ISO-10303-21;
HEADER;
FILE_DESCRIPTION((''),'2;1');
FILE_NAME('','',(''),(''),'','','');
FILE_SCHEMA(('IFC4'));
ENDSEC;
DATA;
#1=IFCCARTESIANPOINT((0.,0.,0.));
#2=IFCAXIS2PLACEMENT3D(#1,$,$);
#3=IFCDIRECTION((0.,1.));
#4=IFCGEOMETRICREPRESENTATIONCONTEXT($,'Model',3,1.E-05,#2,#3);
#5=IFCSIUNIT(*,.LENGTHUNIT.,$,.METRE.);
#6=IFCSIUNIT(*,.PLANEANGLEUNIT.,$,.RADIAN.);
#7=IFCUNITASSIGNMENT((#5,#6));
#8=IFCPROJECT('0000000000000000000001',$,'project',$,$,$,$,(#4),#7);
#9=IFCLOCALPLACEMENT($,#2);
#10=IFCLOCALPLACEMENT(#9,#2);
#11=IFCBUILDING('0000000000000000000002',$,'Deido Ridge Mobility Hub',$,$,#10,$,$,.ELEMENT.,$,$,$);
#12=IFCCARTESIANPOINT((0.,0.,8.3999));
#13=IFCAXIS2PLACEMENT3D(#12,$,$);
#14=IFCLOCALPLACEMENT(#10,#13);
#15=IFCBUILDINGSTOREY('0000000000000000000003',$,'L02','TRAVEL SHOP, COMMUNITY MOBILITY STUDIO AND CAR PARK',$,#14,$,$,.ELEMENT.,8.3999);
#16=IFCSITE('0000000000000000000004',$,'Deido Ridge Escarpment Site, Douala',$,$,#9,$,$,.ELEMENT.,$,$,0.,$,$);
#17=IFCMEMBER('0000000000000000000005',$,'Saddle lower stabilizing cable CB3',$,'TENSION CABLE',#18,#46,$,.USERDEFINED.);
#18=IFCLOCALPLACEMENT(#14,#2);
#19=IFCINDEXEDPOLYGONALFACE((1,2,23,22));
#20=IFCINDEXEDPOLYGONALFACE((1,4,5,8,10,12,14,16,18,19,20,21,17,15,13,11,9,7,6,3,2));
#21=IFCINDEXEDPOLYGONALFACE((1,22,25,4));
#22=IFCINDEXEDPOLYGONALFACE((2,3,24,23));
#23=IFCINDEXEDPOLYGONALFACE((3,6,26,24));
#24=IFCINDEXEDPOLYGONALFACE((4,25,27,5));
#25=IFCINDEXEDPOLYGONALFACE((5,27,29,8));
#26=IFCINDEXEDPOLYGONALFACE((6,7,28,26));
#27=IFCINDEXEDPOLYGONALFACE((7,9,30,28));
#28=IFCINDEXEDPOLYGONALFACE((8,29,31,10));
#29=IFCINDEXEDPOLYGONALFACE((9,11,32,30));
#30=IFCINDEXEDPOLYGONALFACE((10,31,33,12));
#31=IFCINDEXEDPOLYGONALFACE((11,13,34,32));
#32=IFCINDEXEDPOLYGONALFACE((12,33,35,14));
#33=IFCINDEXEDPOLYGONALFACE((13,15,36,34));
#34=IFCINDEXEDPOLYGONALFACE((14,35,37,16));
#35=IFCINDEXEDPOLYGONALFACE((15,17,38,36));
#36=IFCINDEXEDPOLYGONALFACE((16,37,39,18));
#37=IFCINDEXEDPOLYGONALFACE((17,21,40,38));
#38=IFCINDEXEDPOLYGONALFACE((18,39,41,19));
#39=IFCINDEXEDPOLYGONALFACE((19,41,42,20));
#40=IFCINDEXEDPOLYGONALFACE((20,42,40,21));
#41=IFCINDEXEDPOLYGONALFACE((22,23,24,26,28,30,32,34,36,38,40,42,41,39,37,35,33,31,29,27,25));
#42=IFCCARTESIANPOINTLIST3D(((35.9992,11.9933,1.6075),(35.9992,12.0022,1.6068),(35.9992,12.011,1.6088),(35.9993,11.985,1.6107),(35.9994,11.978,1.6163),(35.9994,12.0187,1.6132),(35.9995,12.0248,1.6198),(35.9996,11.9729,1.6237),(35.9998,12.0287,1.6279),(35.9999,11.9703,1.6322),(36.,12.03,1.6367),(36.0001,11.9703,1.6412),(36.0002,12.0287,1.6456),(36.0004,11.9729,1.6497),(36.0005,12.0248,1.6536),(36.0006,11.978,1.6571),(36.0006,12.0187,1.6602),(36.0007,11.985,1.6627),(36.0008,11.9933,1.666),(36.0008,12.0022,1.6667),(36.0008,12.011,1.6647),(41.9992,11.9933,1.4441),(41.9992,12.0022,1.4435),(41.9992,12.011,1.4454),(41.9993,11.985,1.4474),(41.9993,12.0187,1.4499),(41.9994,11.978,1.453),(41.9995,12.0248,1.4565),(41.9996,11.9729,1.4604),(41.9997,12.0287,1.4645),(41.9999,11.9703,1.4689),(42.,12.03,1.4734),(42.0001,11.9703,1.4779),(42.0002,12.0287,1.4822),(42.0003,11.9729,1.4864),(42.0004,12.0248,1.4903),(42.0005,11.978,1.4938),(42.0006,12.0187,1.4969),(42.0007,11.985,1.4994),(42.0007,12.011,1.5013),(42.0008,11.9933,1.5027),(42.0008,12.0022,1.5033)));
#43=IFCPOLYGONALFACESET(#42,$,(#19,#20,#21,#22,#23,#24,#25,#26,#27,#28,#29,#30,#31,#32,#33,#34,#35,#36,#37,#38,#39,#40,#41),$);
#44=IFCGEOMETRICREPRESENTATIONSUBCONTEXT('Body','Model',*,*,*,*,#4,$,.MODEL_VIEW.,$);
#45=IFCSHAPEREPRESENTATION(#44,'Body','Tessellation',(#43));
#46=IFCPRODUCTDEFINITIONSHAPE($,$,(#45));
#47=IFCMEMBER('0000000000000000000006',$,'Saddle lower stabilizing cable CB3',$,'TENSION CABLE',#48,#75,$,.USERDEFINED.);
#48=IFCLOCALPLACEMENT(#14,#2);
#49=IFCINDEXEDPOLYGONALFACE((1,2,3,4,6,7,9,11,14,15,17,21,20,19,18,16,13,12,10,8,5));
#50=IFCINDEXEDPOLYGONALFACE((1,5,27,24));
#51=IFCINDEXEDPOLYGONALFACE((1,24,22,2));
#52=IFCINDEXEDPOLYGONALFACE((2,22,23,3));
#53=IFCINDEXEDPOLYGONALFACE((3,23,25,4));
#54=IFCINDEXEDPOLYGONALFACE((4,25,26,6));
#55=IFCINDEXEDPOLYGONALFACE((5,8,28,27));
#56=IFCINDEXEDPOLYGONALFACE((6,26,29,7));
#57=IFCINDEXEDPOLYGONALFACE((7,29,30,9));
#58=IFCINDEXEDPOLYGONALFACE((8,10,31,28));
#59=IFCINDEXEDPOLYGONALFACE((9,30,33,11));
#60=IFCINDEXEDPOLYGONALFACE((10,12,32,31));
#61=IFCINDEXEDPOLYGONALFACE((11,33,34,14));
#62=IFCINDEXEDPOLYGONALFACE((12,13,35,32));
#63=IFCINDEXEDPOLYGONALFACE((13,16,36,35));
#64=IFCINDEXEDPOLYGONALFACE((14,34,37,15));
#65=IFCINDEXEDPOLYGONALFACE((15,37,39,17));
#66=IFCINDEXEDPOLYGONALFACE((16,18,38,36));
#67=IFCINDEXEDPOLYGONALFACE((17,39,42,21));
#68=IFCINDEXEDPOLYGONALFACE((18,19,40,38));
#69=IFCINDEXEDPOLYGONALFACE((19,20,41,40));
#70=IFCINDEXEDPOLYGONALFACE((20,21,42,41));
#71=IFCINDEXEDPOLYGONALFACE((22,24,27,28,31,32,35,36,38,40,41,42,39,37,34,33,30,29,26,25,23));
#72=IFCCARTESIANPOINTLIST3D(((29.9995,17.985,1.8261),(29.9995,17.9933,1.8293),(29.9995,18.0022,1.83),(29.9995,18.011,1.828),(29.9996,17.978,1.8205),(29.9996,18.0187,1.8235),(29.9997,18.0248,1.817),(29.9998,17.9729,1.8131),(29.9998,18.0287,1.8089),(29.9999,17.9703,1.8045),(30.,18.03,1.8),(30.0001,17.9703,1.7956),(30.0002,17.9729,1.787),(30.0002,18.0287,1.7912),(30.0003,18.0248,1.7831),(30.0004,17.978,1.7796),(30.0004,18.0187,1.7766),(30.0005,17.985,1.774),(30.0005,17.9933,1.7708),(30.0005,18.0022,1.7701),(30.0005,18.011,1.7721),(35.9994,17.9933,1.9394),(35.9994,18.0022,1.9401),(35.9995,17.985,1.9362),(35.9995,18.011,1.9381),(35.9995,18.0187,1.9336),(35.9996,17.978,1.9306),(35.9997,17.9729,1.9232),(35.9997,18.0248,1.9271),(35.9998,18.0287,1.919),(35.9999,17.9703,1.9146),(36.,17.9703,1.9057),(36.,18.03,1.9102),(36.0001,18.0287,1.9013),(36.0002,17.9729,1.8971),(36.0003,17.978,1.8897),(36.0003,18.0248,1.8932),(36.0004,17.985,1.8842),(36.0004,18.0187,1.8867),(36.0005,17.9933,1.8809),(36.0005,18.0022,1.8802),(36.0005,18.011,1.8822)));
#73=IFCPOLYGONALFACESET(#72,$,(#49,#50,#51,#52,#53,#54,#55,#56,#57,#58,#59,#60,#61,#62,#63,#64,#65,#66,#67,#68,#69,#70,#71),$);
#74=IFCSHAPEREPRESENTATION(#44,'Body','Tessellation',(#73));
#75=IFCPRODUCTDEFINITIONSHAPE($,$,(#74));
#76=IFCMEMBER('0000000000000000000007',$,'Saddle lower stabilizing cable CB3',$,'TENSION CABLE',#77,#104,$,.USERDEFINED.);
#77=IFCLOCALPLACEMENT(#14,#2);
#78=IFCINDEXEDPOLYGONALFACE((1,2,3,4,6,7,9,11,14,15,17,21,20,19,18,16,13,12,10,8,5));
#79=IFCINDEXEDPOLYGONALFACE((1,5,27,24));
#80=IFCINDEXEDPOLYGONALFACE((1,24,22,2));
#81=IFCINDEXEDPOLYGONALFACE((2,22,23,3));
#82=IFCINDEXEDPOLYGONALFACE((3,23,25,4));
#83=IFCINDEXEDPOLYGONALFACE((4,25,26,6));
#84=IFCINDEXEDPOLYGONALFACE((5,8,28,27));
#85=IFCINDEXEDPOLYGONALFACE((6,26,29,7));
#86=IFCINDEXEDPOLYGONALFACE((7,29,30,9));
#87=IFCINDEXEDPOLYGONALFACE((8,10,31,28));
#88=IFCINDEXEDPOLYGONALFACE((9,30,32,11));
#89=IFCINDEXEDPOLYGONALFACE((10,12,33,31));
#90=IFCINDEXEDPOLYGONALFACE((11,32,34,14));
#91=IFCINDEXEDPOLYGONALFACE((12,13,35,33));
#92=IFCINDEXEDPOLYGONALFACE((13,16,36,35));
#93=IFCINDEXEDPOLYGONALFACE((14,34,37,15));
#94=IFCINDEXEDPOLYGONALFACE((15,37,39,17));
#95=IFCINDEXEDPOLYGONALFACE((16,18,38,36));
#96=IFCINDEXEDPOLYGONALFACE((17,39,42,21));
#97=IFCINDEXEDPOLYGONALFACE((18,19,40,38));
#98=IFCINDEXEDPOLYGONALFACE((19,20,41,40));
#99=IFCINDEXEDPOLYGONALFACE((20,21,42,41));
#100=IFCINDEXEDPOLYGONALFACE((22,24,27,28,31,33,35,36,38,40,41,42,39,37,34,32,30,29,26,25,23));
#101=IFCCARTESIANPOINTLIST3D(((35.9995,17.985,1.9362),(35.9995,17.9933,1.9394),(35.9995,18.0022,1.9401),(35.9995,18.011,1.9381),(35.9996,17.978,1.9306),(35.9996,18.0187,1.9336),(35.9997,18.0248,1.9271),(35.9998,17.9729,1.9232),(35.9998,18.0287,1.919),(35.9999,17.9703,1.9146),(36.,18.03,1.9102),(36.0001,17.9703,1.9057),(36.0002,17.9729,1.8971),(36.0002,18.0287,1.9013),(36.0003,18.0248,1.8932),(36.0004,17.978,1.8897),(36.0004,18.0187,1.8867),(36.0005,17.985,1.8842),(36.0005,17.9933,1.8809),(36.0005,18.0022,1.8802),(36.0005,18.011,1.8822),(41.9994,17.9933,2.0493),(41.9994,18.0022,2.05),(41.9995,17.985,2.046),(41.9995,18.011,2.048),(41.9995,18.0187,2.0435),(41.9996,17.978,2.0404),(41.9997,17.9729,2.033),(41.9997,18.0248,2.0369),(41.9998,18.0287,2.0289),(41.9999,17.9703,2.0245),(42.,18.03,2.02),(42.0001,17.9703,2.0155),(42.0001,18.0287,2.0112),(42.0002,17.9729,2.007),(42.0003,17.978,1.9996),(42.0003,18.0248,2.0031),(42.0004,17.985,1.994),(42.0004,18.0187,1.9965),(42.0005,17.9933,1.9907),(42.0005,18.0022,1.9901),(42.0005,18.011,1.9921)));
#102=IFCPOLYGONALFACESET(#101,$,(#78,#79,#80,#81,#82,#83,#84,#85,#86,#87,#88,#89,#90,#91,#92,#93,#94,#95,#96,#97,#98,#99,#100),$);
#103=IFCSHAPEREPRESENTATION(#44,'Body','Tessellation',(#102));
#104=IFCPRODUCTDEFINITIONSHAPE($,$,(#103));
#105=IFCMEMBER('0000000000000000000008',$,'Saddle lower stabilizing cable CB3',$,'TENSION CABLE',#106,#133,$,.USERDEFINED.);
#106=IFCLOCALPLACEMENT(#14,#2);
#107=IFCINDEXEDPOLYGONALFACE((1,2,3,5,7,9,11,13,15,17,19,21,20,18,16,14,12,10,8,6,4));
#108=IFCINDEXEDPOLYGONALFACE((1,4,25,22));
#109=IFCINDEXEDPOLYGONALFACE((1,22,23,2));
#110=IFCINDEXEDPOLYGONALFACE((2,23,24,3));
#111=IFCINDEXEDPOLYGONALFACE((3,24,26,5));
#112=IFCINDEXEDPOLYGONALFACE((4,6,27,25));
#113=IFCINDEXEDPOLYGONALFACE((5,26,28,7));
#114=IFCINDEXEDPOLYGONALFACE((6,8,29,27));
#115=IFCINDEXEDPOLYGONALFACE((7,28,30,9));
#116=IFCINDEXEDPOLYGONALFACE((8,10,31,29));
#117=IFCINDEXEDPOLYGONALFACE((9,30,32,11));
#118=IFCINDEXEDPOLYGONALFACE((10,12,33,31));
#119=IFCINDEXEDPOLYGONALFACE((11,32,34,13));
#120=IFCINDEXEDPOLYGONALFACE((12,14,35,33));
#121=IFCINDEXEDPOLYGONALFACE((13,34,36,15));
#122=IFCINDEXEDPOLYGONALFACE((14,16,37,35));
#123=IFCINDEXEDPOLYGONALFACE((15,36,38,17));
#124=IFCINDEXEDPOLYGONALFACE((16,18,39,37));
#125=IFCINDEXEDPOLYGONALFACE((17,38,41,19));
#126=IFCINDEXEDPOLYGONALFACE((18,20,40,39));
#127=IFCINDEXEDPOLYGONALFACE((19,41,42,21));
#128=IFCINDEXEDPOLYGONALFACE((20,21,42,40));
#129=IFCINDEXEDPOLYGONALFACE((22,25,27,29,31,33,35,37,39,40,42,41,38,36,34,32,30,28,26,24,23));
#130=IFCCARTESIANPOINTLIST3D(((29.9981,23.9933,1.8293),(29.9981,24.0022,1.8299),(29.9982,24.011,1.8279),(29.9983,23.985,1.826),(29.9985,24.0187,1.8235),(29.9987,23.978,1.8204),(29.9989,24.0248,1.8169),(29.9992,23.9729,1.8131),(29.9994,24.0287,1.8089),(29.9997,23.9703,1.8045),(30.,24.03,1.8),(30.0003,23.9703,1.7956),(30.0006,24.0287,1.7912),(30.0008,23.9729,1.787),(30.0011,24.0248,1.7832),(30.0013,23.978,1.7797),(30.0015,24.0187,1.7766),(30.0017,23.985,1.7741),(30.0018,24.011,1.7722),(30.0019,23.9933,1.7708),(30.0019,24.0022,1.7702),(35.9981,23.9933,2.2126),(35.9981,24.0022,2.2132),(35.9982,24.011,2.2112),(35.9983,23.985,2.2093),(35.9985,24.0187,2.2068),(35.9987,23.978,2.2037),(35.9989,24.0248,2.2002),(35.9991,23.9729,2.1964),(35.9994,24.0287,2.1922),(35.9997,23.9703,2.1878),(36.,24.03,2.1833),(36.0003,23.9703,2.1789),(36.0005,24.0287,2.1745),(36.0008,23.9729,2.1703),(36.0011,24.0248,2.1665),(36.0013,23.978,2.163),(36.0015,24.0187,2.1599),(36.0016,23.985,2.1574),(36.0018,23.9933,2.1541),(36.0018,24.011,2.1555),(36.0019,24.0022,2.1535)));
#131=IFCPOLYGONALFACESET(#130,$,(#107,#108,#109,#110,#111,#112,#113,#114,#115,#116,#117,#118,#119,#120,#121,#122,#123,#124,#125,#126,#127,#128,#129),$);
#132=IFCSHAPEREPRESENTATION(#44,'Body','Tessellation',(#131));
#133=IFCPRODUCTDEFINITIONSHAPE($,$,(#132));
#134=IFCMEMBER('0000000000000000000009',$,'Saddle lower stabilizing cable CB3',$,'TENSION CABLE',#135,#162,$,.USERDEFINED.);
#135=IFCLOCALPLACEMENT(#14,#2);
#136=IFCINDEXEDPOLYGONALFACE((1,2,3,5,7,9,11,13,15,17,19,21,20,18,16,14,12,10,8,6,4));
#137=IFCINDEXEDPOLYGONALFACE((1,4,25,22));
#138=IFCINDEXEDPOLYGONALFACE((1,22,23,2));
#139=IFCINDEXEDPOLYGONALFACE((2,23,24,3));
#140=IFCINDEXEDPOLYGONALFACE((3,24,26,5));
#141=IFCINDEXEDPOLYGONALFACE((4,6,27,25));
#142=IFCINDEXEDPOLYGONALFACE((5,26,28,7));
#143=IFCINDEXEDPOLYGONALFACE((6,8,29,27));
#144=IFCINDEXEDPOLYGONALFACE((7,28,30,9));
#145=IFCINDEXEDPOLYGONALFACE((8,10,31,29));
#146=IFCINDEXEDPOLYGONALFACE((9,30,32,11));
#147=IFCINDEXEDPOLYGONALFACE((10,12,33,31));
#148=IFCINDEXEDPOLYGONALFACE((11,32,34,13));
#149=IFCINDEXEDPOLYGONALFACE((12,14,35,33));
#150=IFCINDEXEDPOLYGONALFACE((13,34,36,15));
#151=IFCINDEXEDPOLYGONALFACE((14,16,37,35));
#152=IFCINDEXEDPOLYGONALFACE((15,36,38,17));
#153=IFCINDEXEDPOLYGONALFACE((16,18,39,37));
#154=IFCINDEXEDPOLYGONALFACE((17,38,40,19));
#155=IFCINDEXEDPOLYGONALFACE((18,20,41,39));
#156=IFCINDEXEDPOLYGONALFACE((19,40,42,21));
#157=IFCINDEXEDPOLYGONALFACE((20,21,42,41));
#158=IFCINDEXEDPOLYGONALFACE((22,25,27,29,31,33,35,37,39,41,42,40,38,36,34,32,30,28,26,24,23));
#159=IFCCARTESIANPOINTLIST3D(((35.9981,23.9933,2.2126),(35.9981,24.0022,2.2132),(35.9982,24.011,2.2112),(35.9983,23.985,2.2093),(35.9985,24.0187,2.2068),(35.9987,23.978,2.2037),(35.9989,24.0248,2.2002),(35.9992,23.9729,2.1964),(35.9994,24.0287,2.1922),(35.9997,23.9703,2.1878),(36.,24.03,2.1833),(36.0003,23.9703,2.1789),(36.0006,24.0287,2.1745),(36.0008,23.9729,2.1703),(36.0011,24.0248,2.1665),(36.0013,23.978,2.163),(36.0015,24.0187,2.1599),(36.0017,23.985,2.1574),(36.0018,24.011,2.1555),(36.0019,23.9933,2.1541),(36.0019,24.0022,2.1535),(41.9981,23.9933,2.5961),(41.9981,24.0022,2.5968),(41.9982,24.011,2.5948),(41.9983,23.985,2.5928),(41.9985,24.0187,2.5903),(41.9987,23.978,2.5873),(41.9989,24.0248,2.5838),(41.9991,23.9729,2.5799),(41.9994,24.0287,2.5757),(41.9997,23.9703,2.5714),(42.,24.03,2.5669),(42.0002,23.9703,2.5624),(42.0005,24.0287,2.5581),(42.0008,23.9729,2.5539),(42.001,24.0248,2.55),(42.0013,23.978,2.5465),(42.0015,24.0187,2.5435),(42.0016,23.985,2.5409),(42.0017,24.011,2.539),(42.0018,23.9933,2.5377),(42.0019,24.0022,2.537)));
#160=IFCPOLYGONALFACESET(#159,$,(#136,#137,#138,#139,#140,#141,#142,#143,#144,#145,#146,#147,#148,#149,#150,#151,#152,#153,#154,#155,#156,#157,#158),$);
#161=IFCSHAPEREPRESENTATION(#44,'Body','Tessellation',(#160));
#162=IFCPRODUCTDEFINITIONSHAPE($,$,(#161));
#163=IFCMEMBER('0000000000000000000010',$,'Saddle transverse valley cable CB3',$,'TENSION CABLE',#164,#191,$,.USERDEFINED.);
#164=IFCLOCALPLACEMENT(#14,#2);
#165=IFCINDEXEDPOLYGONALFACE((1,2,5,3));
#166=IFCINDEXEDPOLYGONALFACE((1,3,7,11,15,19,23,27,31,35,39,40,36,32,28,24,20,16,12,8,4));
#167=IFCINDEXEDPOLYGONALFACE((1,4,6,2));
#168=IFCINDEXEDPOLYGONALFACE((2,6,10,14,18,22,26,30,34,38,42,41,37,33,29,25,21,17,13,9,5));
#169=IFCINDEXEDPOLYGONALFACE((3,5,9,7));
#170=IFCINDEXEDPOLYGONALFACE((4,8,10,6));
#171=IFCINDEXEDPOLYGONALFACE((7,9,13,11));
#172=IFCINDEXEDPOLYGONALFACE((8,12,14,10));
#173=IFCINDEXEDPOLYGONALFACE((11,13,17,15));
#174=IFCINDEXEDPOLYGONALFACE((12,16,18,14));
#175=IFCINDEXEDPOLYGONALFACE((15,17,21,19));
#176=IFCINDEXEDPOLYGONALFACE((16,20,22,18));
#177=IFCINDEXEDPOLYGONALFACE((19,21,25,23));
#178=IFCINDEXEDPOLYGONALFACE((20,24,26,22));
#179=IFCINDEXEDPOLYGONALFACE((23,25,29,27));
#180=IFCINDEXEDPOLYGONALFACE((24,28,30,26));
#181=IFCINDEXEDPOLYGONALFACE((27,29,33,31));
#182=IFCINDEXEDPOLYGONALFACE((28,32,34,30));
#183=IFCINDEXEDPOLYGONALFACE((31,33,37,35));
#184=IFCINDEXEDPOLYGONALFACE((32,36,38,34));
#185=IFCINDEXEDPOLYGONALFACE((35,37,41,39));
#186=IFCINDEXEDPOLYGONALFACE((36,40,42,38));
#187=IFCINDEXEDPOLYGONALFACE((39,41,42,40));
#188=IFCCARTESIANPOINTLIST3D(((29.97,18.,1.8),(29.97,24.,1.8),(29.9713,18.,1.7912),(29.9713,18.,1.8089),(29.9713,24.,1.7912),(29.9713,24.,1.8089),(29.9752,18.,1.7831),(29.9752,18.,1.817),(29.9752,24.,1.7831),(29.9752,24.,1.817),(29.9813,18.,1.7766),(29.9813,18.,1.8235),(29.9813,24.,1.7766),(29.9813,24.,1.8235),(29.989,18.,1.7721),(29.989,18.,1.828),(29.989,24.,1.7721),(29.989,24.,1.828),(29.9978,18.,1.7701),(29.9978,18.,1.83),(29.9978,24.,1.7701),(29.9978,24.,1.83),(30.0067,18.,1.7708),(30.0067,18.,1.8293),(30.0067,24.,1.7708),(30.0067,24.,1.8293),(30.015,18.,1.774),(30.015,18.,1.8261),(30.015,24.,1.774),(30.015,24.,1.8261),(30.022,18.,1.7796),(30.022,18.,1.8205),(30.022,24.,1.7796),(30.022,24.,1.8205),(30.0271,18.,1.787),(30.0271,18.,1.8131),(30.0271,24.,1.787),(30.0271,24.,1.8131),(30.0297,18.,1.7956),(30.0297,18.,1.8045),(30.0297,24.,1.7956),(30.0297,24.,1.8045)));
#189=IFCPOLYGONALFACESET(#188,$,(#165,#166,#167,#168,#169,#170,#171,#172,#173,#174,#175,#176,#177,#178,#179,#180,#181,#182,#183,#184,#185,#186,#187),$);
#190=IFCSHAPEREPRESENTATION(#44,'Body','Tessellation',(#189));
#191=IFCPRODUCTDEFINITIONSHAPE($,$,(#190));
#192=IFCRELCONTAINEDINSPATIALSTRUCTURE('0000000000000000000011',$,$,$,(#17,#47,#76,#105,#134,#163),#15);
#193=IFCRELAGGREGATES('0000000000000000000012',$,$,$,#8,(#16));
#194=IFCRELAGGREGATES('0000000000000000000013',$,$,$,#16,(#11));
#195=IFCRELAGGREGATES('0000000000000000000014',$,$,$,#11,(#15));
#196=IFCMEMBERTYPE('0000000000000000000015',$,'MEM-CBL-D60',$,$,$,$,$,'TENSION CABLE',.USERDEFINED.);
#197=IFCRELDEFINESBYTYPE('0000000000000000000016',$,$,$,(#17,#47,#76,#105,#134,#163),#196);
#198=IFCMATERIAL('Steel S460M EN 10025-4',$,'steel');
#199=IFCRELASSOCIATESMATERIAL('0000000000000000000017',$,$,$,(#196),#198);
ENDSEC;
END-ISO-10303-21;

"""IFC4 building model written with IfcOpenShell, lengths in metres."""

from ifc_helpers import new_model, si_unit, direction, frame, origin, origin_2d, place, context, subcontext, project, spatial, circle, extrude, material, material_profile, profile_set, type_object, element, save


model = new_model("IFC4")

# Units and contexts
model_context = context("Model", 3, precision=1e-05, world=origin(), true_north=direction((0.0, 1.0)))
body_context = subcontext(model_context, "Body", "Model", "MODEL_VIEW")
ifc_project = project(units=[si_unit("LENGTHUNIT", "METRE"), si_unit("PLANEANGLEUNIT", "RADIAN")], contexts=[model_context])

# Site, building, storey
site_placement = place(None, origin())
site = spatial("IfcSite", under=ifc_project, at=site_placement, Name="Deido Ridge Escarpment Site, Douala", CompositionType="ELEMENT", RefElevation=0.0)
building_placement = place(site_placement, origin())
building = spatial("IfcBuilding", under=site, at=building_placement, Name="Deido Ridge Mobility Hub", CompositionType="ELEMENT")
storey_placement = place(building_placement, frame((0.0, 0.0, 8.3999)))
storey = spatial("IfcBuildingStorey", under=building, at=storey_placement, Name="L02", Description="TRAVEL SHOP, COMMUNITY MOBILITY STUDIO AND CAR PARK", CompositionType="ELEMENT", Elevation=8.3999)

# Members
ifc_material_1 = material(Name="Steel S460M EN 10025-4", Category="steel")
ifc_material_profile_1 = material_profile(ifc_material_1, circle(Radius=0.03, at=origin_2d()), Name="CABLE D60")
ifc_profile_set_1 = profile_set([ifc_material_profile_1], Name="Steel S460M EN 10025-4")
member_type_1 = type_object("IfcMemberType", Name="MEM-CBL-D60", ElementType="TENSION CABLE", PredefinedType="USERDEFINED", material=ifc_profile_set_1)
member_1_placement = place(storey_placement, frame((36.0, 12.0, 1.6367), z_axis=(0.99963, 0.0, -0.027212), x_axis=(0.0, 1.0, 0.0)))
element("IfcMember", 1, at=member_1_placement, inside=storey, type_object=member_type_1, Name="Saddle lower stabilizing cable CB3", ObjectType="TENSION CABLE", PredefinedType="USERDEFINED", context=body_context, shape_type="SweptSolid", body=[
    extrude(circle(Radius=0.03, at=origin_2d()), origin(), (0.0, 0.0, 1.0), 6.0022),
])
for number, where, z_axis, x_axis, name in (
    (2, (30.0, 18.0, 1.8), (0.999832, 0.0, 0.018348), (0.0, 1.0, 0.0), "Saddle lower stabilizing cable CB3"),
    (3, (36.0, 18.0, 1.9102), (0.999832, 0.0, 0.018307), (0.0, 1.0, 0.0), "Saddle lower stabilizing cable CB3"),
):
    element("IfcMember", number, at=place(storey_placement, frame(where, z_axis=z_axis, x_axis=x_axis)), inside=storey, type_object=member_type_1, Name=name, ObjectType="TENSION CABLE", PredefinedType="USERDEFINED", context=body_context, shape_type="SweptSolid", body=[
        extrude(circle(Radius=0.03, at=origin_2d()), origin(), (0.0, 0.0, 1.0), 6.001),
    ])
for number, where, z_axis, x_axis, name in (
    (4, (30.0, 24.0, 1.8), (0.997966, 0.0, 0.063754), (0.0, 1.0, 0.0), "Saddle lower stabilizing cable CB3"),
    (5, (36.0, 24.0, 2.1833), (0.997963, 0.0, 0.063794), (0.0, 1.0, 0.0), "Saddle lower stabilizing cable CB3"),
):
    element("IfcMember", number, at=place(storey_placement, frame(where, z_axis=z_axis, x_axis=x_axis)), inside=storey, type_object=member_type_1, Name=name, ObjectType="TENSION CABLE", PredefinedType="USERDEFINED", context=body_context, shape_type="SweptSolid", body=[
        extrude(circle(Radius=0.03, at=origin_2d()), origin(), (0.0, 0.0, 1.0), 6.0122),
    ])
for number, where, z_axis, x_axis, name in (
    (6, (30.0, 18.0, 1.8), (0.0, 1.0, 0.0), (-1.0, 0.0, 0.0), "Saddle transverse valley cable CB3"),
):
    element("IfcMember", number, at=place(storey_placement, frame(where, z_axis=z_axis, x_axis=x_axis)), inside=storey, type_object=member_type_1, Name=name, ObjectType="TENSION CABLE", PredefinedType="USERDEFINED", context=body_context, shape_type="SweptSolid", body=[
        extrude(circle(Radius=0.03, at=origin_2d()), origin(), (0.0, 0.0, 1.0), 6.0),
    ])

save(model, "model.ifc")
